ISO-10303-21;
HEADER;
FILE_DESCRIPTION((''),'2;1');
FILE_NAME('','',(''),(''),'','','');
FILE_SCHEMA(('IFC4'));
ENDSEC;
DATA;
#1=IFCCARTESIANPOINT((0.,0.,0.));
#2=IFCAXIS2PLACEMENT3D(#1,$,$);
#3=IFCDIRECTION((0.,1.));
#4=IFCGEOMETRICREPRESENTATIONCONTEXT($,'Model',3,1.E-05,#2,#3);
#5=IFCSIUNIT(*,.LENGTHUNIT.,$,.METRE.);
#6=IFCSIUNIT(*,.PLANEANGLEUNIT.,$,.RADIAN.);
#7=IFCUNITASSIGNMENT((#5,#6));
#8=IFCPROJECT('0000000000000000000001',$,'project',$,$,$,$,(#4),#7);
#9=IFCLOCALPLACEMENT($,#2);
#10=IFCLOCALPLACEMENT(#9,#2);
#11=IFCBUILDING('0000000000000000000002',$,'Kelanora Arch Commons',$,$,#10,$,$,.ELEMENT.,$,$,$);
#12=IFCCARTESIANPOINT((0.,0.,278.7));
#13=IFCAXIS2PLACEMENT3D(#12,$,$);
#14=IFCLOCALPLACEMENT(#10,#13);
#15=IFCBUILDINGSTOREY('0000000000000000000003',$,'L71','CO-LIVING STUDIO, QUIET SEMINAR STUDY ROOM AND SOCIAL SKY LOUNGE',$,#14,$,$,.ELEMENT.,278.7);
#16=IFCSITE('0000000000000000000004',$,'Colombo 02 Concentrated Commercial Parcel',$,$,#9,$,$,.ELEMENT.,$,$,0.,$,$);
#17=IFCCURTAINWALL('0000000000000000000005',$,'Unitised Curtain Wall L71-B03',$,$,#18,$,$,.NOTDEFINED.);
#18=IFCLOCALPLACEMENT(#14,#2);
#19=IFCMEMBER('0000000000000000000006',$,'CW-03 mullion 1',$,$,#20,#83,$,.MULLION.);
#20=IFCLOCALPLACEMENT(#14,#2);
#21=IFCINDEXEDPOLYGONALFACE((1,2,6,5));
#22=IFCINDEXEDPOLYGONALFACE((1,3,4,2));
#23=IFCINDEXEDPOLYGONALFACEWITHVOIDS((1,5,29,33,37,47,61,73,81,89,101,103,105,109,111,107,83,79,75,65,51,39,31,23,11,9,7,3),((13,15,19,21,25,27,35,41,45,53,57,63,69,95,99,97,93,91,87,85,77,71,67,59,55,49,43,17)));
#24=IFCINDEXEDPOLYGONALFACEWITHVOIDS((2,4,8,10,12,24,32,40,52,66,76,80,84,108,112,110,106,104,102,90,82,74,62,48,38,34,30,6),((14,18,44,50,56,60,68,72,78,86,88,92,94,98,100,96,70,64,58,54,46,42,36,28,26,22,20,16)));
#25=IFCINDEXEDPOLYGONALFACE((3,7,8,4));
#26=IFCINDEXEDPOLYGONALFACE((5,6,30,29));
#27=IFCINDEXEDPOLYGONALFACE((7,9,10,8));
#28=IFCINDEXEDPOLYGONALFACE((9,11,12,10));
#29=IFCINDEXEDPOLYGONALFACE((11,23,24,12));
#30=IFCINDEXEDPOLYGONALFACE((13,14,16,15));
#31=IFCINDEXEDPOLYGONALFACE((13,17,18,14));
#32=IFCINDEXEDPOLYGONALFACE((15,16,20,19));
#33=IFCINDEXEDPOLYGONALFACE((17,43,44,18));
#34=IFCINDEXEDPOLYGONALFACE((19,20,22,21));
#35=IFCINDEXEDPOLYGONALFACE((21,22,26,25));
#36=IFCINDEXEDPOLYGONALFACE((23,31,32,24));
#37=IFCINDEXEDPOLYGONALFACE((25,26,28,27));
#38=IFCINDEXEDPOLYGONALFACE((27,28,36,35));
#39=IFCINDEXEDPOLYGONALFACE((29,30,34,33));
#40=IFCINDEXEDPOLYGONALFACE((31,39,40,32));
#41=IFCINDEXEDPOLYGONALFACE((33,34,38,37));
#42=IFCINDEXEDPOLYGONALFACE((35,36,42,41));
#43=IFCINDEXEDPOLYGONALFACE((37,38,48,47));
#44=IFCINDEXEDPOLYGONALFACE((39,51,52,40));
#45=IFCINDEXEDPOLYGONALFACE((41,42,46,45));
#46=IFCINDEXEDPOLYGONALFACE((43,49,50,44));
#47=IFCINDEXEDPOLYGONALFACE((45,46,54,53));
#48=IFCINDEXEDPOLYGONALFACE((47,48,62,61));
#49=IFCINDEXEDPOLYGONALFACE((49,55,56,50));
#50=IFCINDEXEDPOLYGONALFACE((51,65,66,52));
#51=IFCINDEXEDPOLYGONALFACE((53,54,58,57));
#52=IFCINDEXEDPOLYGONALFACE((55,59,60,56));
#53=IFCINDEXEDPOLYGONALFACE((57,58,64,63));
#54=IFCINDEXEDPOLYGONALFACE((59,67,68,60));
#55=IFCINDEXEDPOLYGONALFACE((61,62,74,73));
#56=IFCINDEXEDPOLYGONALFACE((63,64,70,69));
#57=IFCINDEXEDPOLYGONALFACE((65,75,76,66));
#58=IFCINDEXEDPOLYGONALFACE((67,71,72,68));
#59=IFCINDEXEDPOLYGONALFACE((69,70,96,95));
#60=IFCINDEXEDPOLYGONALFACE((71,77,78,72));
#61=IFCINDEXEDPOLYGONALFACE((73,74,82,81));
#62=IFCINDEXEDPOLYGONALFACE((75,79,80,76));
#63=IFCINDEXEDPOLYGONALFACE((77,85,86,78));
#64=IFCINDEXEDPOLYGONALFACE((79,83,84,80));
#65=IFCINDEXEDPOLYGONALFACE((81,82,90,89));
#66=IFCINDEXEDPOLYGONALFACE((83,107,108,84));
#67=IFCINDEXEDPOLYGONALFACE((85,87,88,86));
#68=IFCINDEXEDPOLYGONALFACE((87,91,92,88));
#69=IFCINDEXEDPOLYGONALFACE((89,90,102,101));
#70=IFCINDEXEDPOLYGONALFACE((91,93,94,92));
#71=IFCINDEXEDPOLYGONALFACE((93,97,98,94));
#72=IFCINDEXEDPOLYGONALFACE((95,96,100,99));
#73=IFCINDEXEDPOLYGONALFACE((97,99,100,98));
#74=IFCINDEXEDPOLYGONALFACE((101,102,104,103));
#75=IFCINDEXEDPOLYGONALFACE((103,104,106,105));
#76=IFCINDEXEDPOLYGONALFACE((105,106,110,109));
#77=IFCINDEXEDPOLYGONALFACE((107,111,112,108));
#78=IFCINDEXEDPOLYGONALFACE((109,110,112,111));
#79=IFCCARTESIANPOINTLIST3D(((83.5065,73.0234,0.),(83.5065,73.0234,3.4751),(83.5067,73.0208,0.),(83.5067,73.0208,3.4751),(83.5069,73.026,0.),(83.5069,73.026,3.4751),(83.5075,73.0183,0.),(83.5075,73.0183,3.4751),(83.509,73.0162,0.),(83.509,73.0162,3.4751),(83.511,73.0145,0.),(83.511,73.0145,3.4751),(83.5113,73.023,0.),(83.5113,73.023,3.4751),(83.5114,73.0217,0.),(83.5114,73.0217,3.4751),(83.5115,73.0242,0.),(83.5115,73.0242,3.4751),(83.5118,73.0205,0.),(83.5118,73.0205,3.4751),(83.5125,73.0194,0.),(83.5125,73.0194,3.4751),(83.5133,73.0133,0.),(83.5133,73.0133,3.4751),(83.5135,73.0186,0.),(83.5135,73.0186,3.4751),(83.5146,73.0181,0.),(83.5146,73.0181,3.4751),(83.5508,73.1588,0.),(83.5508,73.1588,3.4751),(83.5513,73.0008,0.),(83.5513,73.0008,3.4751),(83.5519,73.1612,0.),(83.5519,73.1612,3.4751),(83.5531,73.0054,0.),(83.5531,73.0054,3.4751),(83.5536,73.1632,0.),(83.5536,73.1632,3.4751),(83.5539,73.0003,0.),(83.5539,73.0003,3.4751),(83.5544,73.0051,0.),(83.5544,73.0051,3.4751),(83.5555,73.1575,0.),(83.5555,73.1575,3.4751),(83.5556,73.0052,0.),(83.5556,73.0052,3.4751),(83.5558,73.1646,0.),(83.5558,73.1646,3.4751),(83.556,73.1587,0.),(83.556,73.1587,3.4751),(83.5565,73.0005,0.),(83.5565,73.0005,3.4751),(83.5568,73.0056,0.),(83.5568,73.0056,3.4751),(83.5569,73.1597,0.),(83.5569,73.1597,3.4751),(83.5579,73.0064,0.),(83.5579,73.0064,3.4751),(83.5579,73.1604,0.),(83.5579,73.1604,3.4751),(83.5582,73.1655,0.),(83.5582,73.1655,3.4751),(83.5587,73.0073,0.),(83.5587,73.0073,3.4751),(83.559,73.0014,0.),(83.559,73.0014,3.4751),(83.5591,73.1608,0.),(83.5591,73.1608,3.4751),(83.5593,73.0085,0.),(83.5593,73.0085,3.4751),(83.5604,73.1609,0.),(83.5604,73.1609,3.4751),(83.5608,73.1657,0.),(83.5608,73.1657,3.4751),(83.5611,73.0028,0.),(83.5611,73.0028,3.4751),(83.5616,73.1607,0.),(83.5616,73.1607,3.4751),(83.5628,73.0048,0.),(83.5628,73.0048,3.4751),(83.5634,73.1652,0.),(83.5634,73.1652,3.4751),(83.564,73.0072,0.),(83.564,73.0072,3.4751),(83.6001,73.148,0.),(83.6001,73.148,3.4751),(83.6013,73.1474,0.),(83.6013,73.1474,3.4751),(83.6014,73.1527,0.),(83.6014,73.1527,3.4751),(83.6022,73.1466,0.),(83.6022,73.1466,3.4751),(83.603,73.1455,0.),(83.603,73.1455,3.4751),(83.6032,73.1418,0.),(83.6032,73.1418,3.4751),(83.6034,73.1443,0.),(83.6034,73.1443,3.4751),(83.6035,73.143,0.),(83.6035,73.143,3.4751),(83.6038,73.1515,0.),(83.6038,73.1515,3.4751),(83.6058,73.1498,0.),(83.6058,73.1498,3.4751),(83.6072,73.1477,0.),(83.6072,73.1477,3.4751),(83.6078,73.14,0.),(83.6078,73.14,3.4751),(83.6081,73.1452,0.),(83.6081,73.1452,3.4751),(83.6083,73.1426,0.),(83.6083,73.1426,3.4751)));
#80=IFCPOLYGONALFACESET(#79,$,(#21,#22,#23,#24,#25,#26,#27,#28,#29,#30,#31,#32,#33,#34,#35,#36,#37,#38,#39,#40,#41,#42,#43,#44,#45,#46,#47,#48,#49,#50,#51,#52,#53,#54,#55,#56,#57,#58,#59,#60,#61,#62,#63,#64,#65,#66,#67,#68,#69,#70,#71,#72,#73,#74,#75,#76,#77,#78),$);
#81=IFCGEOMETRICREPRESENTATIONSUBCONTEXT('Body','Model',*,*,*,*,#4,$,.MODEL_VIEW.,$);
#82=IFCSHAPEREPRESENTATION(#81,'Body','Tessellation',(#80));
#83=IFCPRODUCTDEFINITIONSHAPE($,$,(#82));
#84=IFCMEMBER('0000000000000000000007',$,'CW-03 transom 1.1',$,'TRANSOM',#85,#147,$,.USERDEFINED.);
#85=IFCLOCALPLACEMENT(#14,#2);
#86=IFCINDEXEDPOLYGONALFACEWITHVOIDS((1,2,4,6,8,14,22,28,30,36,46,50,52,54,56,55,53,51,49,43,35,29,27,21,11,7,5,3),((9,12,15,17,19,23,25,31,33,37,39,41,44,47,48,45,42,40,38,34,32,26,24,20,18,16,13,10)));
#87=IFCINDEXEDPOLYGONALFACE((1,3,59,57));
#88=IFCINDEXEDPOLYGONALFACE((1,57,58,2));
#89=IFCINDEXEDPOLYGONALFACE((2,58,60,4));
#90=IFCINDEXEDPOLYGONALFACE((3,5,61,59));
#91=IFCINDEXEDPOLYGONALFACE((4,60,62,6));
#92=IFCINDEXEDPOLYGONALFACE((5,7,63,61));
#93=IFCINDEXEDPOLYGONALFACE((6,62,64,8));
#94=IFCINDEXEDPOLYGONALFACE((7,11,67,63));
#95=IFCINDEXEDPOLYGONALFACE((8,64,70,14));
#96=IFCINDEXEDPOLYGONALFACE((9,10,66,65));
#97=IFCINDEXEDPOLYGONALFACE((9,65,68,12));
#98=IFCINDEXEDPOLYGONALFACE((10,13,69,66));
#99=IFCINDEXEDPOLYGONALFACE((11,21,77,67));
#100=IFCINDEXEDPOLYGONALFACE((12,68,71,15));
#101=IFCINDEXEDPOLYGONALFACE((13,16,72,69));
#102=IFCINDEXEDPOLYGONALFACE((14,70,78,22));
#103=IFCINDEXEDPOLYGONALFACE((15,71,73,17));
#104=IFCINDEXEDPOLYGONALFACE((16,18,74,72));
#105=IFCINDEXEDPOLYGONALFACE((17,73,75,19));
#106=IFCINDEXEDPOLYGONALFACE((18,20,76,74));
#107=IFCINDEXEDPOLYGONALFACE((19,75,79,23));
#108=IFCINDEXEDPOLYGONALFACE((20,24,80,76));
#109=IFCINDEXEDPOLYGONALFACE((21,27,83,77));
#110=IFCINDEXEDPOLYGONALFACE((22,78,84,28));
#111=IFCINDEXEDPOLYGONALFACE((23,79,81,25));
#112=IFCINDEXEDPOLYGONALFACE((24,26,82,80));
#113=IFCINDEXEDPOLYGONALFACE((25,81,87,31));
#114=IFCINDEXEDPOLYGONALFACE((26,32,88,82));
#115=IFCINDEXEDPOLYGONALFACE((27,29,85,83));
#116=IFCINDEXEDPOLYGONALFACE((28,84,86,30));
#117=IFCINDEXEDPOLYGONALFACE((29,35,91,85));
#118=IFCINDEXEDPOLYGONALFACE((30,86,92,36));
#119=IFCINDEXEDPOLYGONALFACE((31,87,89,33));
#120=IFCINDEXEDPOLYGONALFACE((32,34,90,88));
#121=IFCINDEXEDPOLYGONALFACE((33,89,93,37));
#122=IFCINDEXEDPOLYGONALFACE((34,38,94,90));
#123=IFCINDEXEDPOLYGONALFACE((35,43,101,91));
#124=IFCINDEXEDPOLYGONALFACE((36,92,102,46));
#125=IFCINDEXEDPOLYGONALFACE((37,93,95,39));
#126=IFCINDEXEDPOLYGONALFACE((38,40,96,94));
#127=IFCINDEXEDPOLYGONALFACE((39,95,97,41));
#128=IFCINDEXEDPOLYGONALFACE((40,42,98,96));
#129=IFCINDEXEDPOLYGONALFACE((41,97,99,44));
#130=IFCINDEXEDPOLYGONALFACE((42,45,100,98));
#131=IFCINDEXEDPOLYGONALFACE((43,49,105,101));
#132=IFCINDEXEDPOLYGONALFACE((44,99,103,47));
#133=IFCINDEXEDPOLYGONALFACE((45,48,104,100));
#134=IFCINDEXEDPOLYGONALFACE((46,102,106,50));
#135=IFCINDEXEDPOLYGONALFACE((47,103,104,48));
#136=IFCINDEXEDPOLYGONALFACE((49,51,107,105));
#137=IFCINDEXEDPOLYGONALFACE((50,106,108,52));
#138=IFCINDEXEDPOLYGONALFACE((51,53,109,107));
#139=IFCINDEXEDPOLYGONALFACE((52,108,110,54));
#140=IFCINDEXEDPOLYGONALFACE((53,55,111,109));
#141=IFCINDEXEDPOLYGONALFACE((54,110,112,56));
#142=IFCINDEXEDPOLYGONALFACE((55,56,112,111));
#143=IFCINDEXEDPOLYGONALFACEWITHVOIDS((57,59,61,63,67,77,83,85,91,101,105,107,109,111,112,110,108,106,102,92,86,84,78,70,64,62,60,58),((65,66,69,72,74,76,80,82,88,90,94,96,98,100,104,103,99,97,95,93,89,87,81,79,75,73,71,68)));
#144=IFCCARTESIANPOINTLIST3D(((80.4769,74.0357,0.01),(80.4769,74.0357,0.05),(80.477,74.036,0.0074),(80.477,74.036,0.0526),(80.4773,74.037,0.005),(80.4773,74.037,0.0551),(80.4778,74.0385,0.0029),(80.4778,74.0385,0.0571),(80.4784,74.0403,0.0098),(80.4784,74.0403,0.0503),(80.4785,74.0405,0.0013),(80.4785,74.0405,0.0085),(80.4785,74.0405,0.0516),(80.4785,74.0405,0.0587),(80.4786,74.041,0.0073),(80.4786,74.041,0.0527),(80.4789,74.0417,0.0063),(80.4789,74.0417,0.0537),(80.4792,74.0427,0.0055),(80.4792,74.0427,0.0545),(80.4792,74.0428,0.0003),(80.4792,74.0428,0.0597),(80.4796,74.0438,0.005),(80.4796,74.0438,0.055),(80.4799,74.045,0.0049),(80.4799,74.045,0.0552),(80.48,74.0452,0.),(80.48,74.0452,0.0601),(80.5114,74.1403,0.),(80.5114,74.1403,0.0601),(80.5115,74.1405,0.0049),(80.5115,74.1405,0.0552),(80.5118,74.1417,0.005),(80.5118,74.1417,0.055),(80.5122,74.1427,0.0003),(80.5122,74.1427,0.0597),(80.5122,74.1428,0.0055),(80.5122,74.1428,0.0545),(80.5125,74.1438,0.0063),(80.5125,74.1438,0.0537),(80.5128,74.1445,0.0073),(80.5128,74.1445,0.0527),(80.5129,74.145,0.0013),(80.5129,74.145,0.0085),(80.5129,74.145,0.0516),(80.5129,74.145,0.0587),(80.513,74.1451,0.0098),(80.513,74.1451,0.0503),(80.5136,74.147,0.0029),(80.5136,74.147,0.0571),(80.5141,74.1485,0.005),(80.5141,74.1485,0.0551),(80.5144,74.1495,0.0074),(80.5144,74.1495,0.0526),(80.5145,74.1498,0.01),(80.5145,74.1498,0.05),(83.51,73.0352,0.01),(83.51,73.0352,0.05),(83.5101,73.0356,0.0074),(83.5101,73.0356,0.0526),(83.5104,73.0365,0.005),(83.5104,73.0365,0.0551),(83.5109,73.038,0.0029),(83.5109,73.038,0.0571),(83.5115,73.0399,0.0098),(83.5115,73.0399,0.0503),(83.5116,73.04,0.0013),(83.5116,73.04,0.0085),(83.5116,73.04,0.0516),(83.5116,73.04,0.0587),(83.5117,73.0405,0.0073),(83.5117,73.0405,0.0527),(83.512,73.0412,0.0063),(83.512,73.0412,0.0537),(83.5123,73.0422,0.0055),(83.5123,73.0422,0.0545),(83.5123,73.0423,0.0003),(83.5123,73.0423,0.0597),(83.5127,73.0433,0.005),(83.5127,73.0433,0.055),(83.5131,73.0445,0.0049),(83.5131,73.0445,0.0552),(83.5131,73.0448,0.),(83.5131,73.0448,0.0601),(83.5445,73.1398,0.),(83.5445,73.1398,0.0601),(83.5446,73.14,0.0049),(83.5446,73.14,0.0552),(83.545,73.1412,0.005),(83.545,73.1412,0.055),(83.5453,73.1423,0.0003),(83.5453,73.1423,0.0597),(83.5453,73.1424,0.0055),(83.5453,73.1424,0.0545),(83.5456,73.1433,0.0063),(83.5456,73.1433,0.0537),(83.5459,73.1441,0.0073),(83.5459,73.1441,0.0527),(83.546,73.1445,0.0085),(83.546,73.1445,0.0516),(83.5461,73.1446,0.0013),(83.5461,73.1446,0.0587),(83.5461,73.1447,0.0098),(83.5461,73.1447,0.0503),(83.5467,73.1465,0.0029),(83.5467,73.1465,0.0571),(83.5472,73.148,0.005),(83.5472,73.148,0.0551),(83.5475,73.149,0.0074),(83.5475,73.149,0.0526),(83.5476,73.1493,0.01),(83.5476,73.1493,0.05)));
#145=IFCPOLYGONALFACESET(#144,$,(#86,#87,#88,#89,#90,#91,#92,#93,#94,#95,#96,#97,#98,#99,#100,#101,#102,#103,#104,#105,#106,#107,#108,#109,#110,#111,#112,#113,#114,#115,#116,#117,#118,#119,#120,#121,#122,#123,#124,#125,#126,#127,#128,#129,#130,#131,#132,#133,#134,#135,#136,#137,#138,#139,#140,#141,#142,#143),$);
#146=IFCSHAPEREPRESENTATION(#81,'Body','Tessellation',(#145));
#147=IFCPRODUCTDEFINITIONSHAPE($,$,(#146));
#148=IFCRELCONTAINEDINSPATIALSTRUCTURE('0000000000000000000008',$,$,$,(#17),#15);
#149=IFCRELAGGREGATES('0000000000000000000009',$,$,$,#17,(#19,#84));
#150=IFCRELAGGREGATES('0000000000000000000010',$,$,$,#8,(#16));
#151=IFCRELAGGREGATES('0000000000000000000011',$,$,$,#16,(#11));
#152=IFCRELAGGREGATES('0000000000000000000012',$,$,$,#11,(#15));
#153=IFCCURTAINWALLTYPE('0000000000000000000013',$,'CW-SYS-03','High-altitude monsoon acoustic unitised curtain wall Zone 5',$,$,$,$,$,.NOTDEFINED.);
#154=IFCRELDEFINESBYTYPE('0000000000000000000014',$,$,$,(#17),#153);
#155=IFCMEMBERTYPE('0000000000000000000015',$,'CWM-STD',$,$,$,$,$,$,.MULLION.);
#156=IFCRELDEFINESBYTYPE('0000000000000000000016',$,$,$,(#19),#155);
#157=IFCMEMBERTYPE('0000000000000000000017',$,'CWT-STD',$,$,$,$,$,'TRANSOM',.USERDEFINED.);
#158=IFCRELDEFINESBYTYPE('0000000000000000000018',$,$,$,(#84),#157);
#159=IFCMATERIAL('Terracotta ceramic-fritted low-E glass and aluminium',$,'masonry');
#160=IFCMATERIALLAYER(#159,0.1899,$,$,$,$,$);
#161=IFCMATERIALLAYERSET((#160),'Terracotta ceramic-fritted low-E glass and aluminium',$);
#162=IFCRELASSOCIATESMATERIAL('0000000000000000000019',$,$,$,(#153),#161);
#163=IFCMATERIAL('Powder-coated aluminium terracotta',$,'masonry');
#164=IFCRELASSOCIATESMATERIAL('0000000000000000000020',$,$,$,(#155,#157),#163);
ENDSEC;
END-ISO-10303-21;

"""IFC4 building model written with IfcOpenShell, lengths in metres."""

from ifc_helpers import new_model, si_unit, direction, frame, origin, origin_2d, place, context, subcontext, project, spatial, hollow_rectangle, extrude, material, layer, layer_set, material_profile, profile_set, type_object, element, aggregate, save


model = new_model("IFC4")

# Units and contexts
model_context = context("Model", 3, precision=1e-05, world=origin(), true_north=direction((0.0, 1.0)))
body_context = subcontext(model_context, "Body", "Model", "MODEL_VIEW")
ifc_project = project(units=[si_unit("LENGTHUNIT", "METRE"), si_unit("PLANEANGLEUNIT", "RADIAN")], contexts=[model_context])

# Site, building, storey
site_placement = place(None, origin())
site = spatial("IfcSite", under=ifc_project, at=site_placement, Name="Colombo 02 Concentrated Commercial Parcel", CompositionType="ELEMENT", RefElevation=0.0)
building_placement = place(site_placement, origin())
building = spatial("IfcBuilding", under=site, at=building_placement, Name="Kelanora Arch Commons", CompositionType="ELEMENT")
storey_placement = place(building_placement, frame((0.0, 0.0, 278.7)))
storey = spatial("IfcBuildingStorey", under=building, at=storey_placement, Name="L71", Description="CO-LIVING STUDIO, QUIET SEMINAR STUDY ROOM AND SOCIAL SKY LOUNGE", CompositionType="ELEMENT", Elevation=278.7)

# Curtain wall, members
ifc_material_1 = material(Name="Terracotta ceramic-fritted low-E glass and aluminium", Category="masonry")
ifc_layer_1 = layer(ifc_material_1, 0.1899)
ifc_layer_set_1 = layer_set([ifc_layer_1], Name="Terracotta ceramic-fritted low-E glass and aluminium")
curtain_wall_type = type_object("IfcCurtainWallType", Name="CW-SYS-03", Description="High-altitude monsoon acoustic unitised curtain wall Zone 5", PredefinedType="NOTDEFINED", material=ifc_layer_set_1)
curtain_wall_placement = place(storey_placement, origin())
curtain_wall = element("IfcCurtainWall", 1, at=curtain_wall_placement, inside=storey, type_object=curtain_wall_type, Name="Unitised Curtain Wall L71-B03", PredefinedType="NOTDEFINED")
ifc_material_2 = material(Name="Powder-coated aluminium terracotta", Category="masonry")
ifc_material_profile_1 = material_profile(ifc_material_2, hollow_rectangle(XDim=0.1599, YDim=0.0601, WallThickness=0.0049, InnerFilletRadius=0.0049, OuterFilletRadius=0.01, at=origin_2d()), Name="CWM160x60")
ifc_profile_set_1 = profile_set([ifc_material_profile_1], Name="Powder-coated aluminium terracotta")
member_type_1 = type_object("IfcMemberType", Name="CWM-STD", PredefinedType="MULLION", material=ifc_profile_set_1)
member_1_placement = place(storey_placement, frame((83.5574, 73.083, 0.0), z_axis=(0.0, 0.0, 1.0), x_axis=(-0.313253, -0.94967, 0.0)))
member_1 = element("IfcMember", 2, at=member_1_placement, type_object=member_type_1, Name="CW-03 mullion 1", PredefinedType="MULLION", context=body_context, shape_type="SweptSolid", body=[
    extrude(hollow_rectangle(XDim=0.1599, YDim=0.0601, WallThickness=0.0049, InnerFilletRadius=0.0049, OuterFilletRadius=0.01, at=origin_2d()), origin(), (0.0, 0.0, 1.0), 3.4751),
])
ifc_material_profile_2 = material_profile(ifc_material_2, hollow_rectangle(XDim=0.1201, YDim=0.0601, WallThickness=0.0049, InnerFilletRadius=0.0049, OuterFilletRadius=0.01, at=origin_2d()), Name="CWT120x60")
ifc_profile_set_2 = profile_set([ifc_material_profile_2], Name="Powder-coated aluminium terracotta")
member_type_2 = type_object("IfcMemberType", Name="CWT-STD", ElementType="TRANSOM", PredefinedType="USERDEFINED", material=ifc_profile_set_2)
member_2_placement = place(storey_placement, frame((83.5288, 73.0923, 0.03), z_axis=(-0.949672, 0.313245, 0.0), x_axis=(-0.313245, -0.949672, 0.0)))
member_2 = element("IfcMember", 3, at=member_2_placement, type_object=member_type_2, Name="CW-03 transom 1.1", ObjectType="TRANSOM", PredefinedType="USERDEFINED", context=body_context, shape_type="SweptSolid", body=[
    extrude(hollow_rectangle(XDim=0.1201, YDim=0.0601, WallThickness=0.0049, InnerFilletRadius=0.0049, OuterFilletRadius=0.01, at=origin_2d()), origin(), (0.0, 0.0, 1.0), 3.1938),
])
aggregate(curtain_wall, [member_1, member_2])

save(model, "model.ifc")
